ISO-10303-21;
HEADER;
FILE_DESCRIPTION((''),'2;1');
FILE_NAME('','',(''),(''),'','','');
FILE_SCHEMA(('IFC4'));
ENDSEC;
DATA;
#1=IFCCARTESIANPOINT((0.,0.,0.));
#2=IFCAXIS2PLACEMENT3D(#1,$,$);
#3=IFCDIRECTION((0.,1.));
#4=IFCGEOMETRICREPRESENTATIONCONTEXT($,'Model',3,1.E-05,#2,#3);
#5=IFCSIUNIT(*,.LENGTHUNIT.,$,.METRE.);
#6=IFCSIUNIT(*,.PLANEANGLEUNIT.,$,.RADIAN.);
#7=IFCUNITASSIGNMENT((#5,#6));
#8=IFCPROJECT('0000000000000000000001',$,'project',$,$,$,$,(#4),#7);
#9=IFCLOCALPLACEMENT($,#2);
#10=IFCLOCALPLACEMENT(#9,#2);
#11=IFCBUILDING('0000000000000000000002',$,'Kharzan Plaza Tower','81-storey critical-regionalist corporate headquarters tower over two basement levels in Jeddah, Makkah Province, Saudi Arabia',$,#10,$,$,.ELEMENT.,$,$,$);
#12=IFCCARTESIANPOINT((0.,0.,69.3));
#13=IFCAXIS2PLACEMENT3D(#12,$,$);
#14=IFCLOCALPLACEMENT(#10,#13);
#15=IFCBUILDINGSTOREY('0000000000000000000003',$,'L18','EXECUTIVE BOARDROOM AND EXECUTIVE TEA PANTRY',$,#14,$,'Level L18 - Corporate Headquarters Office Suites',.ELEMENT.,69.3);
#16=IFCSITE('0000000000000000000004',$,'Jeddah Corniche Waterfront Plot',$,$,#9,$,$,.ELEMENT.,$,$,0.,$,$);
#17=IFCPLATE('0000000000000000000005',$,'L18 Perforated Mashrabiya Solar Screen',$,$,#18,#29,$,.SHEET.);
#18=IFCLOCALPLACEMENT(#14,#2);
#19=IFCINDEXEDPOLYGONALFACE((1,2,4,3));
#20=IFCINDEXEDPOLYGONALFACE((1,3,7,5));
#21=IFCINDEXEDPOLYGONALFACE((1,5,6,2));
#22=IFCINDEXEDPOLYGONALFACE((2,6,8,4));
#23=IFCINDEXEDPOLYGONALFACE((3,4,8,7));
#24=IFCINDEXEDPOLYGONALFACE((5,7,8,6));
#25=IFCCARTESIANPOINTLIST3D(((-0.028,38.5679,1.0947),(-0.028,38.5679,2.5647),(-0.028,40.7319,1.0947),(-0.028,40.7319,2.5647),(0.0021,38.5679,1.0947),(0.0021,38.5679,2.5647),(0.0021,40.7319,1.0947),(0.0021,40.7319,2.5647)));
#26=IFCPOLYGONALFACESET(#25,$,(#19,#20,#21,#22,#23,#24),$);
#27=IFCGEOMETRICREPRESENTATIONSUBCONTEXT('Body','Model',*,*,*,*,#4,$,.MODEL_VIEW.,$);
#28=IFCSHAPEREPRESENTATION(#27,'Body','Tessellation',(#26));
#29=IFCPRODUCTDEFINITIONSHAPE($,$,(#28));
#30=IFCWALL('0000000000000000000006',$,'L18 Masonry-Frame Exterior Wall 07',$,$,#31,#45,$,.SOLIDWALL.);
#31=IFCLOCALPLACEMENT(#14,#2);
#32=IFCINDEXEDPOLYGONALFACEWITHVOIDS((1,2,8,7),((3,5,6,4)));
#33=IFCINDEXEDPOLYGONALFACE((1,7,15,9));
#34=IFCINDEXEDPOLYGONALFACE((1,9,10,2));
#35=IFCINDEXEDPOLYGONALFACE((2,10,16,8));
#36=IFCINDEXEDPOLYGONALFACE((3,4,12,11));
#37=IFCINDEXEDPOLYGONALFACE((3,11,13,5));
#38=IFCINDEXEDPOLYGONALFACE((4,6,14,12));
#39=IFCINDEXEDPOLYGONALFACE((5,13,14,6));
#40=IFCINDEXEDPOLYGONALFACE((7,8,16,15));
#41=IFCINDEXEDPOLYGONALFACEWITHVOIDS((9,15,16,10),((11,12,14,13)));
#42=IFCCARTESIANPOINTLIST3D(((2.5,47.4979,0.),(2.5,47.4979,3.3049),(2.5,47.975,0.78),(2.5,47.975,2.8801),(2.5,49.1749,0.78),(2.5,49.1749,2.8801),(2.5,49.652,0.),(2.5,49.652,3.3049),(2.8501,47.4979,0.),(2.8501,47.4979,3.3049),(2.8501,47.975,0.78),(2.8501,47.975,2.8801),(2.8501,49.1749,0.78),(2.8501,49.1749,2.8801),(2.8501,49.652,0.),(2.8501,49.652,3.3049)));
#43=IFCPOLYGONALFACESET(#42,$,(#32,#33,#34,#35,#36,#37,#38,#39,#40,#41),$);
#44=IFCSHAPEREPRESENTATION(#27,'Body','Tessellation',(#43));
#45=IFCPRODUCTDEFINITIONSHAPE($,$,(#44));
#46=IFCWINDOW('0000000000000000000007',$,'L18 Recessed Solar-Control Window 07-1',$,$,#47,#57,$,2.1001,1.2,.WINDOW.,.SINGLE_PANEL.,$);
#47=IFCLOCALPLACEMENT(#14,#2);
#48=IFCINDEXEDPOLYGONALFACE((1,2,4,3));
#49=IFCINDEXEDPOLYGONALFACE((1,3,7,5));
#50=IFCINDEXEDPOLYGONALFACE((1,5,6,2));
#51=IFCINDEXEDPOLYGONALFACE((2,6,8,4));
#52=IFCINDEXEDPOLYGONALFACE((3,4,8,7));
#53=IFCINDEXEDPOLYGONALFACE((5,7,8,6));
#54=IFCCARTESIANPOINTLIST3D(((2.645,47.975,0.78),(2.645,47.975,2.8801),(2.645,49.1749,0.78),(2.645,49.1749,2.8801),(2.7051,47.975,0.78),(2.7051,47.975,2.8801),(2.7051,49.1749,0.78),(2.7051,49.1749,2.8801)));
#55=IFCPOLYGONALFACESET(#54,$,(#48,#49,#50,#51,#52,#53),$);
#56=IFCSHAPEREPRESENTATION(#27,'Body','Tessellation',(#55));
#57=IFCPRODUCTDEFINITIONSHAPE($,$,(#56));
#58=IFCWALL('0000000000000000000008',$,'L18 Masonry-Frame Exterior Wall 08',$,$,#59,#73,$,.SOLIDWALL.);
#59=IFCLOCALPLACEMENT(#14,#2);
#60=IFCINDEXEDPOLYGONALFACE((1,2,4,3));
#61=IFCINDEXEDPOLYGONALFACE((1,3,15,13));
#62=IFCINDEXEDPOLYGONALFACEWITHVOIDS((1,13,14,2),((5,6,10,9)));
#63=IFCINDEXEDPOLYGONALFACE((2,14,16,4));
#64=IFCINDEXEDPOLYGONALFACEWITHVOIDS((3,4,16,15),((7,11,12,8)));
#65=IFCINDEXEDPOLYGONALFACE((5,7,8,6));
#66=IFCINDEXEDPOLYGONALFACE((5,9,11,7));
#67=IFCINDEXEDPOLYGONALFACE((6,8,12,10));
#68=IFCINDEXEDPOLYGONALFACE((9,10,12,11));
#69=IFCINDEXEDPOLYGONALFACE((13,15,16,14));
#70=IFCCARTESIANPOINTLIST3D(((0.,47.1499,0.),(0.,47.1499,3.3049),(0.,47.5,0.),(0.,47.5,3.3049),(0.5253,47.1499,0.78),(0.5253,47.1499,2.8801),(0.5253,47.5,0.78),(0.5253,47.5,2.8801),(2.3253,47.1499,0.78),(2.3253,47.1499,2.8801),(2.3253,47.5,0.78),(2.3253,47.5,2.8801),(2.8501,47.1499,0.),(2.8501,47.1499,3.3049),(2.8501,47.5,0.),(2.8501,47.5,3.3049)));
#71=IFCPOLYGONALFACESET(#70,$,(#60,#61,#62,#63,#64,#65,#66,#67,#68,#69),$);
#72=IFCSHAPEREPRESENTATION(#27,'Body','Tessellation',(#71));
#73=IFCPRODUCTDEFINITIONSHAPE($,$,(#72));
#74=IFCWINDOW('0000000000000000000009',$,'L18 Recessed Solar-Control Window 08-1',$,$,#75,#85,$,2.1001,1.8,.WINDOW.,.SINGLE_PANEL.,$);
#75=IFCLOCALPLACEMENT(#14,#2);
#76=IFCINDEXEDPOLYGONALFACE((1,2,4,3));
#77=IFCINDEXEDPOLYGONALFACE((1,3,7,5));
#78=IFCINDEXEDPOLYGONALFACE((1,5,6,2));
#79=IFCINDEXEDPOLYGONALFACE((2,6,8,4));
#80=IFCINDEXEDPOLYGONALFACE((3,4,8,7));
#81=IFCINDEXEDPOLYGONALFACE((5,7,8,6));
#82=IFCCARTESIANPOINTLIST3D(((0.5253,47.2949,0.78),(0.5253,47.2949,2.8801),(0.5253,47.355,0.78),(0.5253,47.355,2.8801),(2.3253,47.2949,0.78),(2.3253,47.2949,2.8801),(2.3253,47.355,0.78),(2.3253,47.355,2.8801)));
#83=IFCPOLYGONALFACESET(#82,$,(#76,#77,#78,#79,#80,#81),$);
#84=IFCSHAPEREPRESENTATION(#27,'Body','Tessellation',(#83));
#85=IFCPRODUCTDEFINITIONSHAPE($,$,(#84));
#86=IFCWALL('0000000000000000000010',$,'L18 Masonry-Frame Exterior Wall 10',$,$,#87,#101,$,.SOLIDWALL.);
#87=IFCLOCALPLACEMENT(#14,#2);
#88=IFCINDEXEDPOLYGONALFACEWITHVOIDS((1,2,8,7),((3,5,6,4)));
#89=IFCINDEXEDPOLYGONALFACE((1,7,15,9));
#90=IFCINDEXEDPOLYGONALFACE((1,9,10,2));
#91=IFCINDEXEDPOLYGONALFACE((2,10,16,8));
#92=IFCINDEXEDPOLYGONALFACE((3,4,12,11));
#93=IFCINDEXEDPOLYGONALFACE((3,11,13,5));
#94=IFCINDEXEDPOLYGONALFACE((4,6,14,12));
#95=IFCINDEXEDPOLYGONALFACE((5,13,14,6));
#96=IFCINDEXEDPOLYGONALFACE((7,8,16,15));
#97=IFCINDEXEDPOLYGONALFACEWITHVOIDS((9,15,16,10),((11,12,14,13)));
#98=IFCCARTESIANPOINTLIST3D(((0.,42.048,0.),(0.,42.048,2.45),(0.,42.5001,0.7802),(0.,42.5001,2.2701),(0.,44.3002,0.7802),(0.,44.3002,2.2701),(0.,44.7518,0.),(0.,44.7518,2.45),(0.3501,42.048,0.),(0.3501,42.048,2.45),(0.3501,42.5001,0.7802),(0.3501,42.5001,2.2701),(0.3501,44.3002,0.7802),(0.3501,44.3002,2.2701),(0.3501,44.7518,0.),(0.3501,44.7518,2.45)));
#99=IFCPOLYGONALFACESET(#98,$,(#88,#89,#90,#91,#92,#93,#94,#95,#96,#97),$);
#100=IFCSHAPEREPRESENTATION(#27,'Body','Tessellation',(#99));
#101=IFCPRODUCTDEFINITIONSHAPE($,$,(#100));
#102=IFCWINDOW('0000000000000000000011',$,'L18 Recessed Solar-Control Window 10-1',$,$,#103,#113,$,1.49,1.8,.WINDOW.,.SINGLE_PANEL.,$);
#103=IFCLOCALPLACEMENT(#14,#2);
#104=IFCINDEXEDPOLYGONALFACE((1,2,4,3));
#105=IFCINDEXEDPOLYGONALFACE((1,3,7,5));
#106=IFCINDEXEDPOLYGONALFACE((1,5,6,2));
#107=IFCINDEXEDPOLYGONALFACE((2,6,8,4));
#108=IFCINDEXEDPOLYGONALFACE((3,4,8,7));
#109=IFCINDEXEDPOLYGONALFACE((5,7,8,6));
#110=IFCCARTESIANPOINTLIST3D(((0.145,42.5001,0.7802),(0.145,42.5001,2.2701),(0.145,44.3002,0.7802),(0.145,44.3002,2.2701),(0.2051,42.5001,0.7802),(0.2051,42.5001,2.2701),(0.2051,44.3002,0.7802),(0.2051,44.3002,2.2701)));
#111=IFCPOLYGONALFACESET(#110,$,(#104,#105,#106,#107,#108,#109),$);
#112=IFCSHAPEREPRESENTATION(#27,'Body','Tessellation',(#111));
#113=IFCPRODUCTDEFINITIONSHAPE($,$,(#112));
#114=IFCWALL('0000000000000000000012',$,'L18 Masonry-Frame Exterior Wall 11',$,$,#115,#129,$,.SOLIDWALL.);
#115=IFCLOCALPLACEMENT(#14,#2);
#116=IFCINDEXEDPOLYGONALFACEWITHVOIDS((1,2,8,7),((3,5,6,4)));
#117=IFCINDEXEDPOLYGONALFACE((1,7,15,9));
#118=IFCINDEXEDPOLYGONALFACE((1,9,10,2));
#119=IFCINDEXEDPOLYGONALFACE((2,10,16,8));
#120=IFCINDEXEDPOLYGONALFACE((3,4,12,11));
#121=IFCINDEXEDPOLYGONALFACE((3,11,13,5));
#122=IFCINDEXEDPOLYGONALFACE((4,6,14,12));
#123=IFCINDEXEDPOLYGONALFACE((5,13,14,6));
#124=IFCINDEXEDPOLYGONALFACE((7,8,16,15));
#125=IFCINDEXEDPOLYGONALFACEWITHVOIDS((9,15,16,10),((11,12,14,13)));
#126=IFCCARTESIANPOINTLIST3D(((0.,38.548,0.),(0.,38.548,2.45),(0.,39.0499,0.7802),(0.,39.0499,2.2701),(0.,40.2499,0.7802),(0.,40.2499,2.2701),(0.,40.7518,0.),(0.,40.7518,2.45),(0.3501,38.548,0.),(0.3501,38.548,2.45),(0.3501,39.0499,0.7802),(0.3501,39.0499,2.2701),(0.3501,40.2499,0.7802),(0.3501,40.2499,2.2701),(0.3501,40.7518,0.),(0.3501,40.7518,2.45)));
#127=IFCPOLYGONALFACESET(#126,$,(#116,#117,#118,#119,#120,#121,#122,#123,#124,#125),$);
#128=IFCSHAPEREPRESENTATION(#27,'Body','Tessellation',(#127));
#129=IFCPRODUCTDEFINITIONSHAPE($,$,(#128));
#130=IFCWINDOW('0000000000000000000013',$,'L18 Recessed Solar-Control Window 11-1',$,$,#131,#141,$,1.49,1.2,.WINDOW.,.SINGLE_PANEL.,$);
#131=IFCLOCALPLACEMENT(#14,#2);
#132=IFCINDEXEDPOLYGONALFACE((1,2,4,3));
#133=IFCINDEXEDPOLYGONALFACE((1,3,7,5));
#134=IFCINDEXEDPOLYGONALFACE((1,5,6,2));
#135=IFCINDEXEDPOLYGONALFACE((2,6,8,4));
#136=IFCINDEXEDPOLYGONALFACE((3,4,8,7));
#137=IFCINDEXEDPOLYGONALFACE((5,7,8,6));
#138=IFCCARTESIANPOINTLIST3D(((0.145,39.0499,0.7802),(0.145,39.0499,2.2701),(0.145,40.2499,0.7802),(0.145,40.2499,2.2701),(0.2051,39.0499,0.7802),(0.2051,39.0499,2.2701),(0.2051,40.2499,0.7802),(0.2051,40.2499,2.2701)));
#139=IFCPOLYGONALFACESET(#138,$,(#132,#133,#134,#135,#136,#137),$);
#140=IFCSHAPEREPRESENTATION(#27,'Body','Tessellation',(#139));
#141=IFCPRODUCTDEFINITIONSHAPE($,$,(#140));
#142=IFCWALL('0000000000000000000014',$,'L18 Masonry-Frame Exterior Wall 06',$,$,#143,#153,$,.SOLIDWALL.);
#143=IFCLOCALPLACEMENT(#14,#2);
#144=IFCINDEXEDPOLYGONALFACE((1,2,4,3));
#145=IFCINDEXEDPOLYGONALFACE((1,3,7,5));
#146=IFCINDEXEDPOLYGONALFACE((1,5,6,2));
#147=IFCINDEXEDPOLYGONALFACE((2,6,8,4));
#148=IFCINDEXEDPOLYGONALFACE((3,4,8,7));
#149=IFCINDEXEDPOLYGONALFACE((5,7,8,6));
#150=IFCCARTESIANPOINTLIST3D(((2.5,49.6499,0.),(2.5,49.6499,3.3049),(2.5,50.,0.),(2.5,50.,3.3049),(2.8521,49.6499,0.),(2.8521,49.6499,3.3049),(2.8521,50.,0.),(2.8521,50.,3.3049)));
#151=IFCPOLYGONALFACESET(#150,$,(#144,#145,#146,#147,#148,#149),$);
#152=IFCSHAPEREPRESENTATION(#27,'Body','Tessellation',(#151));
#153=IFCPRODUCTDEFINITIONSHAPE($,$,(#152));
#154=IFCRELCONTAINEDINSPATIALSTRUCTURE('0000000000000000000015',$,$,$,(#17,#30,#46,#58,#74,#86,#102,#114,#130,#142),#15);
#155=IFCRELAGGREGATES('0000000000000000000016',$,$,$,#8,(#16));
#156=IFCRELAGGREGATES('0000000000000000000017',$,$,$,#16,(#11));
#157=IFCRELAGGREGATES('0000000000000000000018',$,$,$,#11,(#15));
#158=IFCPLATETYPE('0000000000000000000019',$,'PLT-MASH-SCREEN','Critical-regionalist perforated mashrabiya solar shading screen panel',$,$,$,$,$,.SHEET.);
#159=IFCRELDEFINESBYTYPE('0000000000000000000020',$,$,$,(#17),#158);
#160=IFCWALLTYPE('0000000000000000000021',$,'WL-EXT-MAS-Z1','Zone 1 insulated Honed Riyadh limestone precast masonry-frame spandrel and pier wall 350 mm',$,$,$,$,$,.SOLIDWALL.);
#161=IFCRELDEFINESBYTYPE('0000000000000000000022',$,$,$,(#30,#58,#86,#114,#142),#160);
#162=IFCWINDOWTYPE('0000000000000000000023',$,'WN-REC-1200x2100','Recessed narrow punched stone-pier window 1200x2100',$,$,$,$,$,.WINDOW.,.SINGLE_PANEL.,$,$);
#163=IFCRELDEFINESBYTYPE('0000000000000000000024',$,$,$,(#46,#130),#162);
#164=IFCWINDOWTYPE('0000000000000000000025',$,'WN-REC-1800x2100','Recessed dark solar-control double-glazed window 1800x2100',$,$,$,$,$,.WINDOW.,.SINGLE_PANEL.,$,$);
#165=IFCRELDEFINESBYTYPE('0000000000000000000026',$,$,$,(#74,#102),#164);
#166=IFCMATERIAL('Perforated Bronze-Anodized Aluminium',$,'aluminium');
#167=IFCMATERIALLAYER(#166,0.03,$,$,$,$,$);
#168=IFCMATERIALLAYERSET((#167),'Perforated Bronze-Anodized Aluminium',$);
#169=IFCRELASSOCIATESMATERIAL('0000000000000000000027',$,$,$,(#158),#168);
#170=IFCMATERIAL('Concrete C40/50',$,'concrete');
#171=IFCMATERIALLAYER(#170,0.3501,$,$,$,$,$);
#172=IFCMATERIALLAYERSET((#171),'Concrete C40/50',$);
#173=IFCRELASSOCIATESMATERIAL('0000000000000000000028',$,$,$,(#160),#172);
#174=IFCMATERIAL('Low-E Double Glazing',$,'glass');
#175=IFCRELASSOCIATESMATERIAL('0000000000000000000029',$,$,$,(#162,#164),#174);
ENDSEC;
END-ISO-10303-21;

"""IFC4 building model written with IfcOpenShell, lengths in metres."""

from ifc_helpers import new_model, si_unit, direction, frame, frame_2d, origin, origin_2d, place, context, subcontext, project, spatial, rectangle, extrude, source, transform, mapped, material, layer, layer_set, type_object, element, fill, save


model = new_model("IFC4")

# Units and contexts
model_context = context("Model", 3, precision=1e-05, world=origin(), true_north=direction((0.0, 1.0)))
body_context = subcontext(model_context, "Body", "Model", "MODEL_VIEW")
ifc_project = project(units=[si_unit("LENGTHUNIT", "METRE"), si_unit("PLANEANGLEUNIT", "RADIAN")], contexts=[model_context])

# Site, building, storey
site_placement = place(None, origin())
site = spatial("IfcSite", under=ifc_project, at=site_placement, Name="Jeddah Corniche Waterfront Plot", CompositionType="ELEMENT", RefElevation=0.0)
building_placement = place(site_placement, origin())
building = spatial("IfcBuilding", under=site, at=building_placement, Name="Kharzan Plaza Tower", Description="81-storey critical-regionalist corporate headquarters tower over two basement levels in Jeddah, Makkah Province, Saudi Arabia", CompositionType="ELEMENT")
storey_placement = place(building_placement, frame((0.0, 0.0, 69.3)))
storey = spatial("IfcBuildingStorey", under=building, at=storey_placement, Name="L18", Description="EXECUTIVE BOARDROOM AND EXECUTIVE TEA PANTRY", LongName="Level L18 - Corporate Headquarters Office Suites", CompositionType="ELEMENT", Elevation=69.3)

# Plate
ifc_material_1 = material(Name="Perforated Bronze-Anodized Aluminium", Category="aluminium")
ifc_layer_1 = layer(ifc_material_1, 0.03)
ifc_layer_set_1 = layer_set([ifc_layer_1], Name="Perforated Bronze-Anodized Aluminium")
plate_type = type_object("IfcPlateType", Name="PLT-MASH-SCREEN", Description="Critical-regionalist perforated mashrabiya solar shading screen panel", PredefinedType="SHEET", material=ifc_layer_set_1)
shared_shape_1 = source(origin(), body_context, "Body", "SweptSolid", [
    extrude(rectangle(XDim=2.1641, YDim=0.03, at=origin_2d()), origin(), (0.0, 0.0, 1.0), 1.47),
])
plate_1_placement = place(storey_placement, frame((-0.0129, 39.6499, 1.0947), z_axis=(0.0, 0.0, 1.0), x_axis=(0.0, -1.0, 0.0)))
element("IfcPlate", 1, at=plate_1_placement, inside=storey, type_object=plate_type, Name="L18 Perforated Mashrabiya Solar Screen", PredefinedType="SHEET", context=body_context, shape_type="MappedRepresentation", body=[
    mapped(shared_shape_1, transform((0.0, 0.0, 0.0), x_axis=(1.0, 0.0, 0.0), y_axis=(0.0, 1.0, 0.0), z_axis=(0.0, 0.0, 1.0))),
])

# Walls, openings, windows
ifc_material_2 = material(Name="Concrete C40/50", Category="concrete")
ifc_layer_2 = layer(ifc_material_2, 0.3501)
ifc_layer_set_2 = layer_set([ifc_layer_2], Name="Concrete C40/50")
wall_type = type_object("IfcWallType", Name="WL-EXT-MAS-Z1", Description="Zone 1 insulated Honed Riyadh limestone precast masonry-frame spandrel and pier wall 350 mm", PredefinedType="SOLIDWALL", material=ifc_layer_set_2)
wall_1_placement = place(storey_placement, frame((2.675, 49.6521, 0.0), z_axis=(0.0, 0.0, 1.0), x_axis=(0.0, -1.0, 0.0)))
wall_1 = element("IfcWall", 2, at=wall_1_placement, inside=storey, type_object=wall_type, Name="L18 Masonry-Frame Exterior Wall 07", PredefinedType="SOLIDWALL", context=body_context, shape_type="SweptSolid", body=[
    extrude(rectangle(XDim=2.1541, YDim=0.3501, at=frame_2d((1.0771, 0.0))), origin(), (0.0, 0.0, 1.0), 3.3049),
])
opening_1_placement = place(wall_1_placement, frame((0.4771, 0.0, 0.78)))
opening_1 = element("IfcOpeningElement", 3, at=opening_1_placement, cuts=wall_1, PredefinedType="OPENING", context=body_context, shape_type="SweptSolid", body=[
    extrude(rectangle(XDim=1.2, YDim=2.1001, at=frame_2d((0.6001, 1.05))), frame((0.0, 0.1851, 0.0), z_axis=(0.0, -1.0, 0.0), x_axis=(1.0, 0.0, 0.0)), (0.0, 0.0, 1.0), 0.3701),
])
ifc_material_3 = material(Name="Low-E Double Glazing", Category="glass")
window_type_1 = type_object("IfcWindowType", Name="WN-REC-1200x2100", Description="Recessed narrow punched stone-pier window 1200x2100", PartitioningType="SINGLE_PANEL", PredefinedType="WINDOW", material=ifc_material_3)
shared_shape_2 = source(origin(), body_context, "Body", "SweptSolid", [
    extrude(rectangle(XDim=1.2, YDim=2.1001, at=frame_2d((0.6001, 1.05))), frame((0.0, 0.03, 0.0), z_axis=(0.0, -1.0, 0.0), x_axis=(1.0, 0.0, 0.0)), (0.0, 0.0, 1.0), 0.0601),
])
window_1_placement = place(opening_1_placement, origin())
window_1 = element("IfcWindow", 4, at=window_1_placement, inside=storey, type_object=window_type_1, Name="L18 Recessed Solar-Control Window 07-1", OverallHeight=2.1001, OverallWidth=1.2, PartitioningType="SINGLE_PANEL", PredefinedType="WINDOW", context=body_context, shape_type="MappedRepresentation", body=[
    mapped(shared_shape_2, transform((0.0, 0.0, 0.0), x_axis=(1.0, 0.0, 0.0), y_axis=(0.0, 1.0, 0.0), z_axis=(0.0, 0.0, 1.0))),
])
fill(opening_1, window_1)
wall_2_placement = place(storey_placement, frame((2.8501, 47.325, 0.0), z_axis=(0.0, 0.0, 1.0), x_axis=(-1.0, 0.0, 0.0)))
wall_2 = element("IfcWall", 5, at=wall_2_placement, inside=storey, type_object=wall_type, Name="L18 Masonry-Frame Exterior Wall 08", PredefinedType="SOLIDWALL", context=body_context, shape_type="SweptSolid", body=[
    extrude(rectangle(XDim=2.8501, YDim=0.3501, at=frame_2d((1.425, 0.0))), origin(), (0.0, 0.0, 1.0), 3.3049),
])
opening_2_placement = place(wall_2_placement, frame((0.5249, 0.0, 0.78)))
opening_2 = element("IfcOpeningElement", 6, at=opening_2_placement, cuts=wall_2, PredefinedType="OPENING", context=body_context, shape_type="SweptSolid", body=[
    extrude(rectangle(XDim=1.8, YDim=2.1001, at=frame_2d((0.8999, 1.05))), frame((0.0, 0.1851, 0.0), z_axis=(0.0, -1.0, 0.0), x_axis=(1.0, 0.0, 0.0)), (0.0, 0.0, 1.0), 0.3701),
])
window_type_2 = type_object("IfcWindowType", Name="WN-REC-1800x2100", Description="Recessed dark solar-control double-glazed window 1800x2100", PartitioningType="SINGLE_PANEL", PredefinedType="WINDOW", material=ifc_material_3)
shared_shape_3 = source(origin(), body_context, "Body", "SweptSolid", [
    extrude(rectangle(XDim=1.8, YDim=2.1001, at=frame_2d((0.8999, 1.05))), frame((0.0, 0.03, 0.0), z_axis=(0.0, -1.0, 0.0), x_axis=(1.0, 0.0, 0.0)), (0.0, 0.0, 1.0), 0.0601),
])
window_2_placement = place(opening_2_placement, origin())
window_2 = element("IfcWindow", 7, at=window_2_placement, inside=storey, type_object=window_type_2, Name="L18 Recessed Solar-Control Window 08-1", OverallHeight=2.1001, OverallWidth=1.8, PartitioningType="SINGLE_PANEL", PredefinedType="WINDOW", context=body_context, shape_type="MappedRepresentation", body=[
    mapped(shared_shape_3, transform((0.0, 0.0, 0.0), x_axis=(1.0, 0.0, 0.0), y_axis=(0.0, 1.0, 0.0), z_axis=(0.0, 0.0, 1.0))),
])
fill(opening_2, window_2)
wall_3_placement = place(storey_placement, frame((0.175, 44.752, 0.0), z_axis=(0.0, 0.0, 1.0), x_axis=(0.0, -1.0, 0.0)))
wall_3 = element("IfcWall", 8, at=wall_3_placement, inside=storey, type_object=wall_type, Name="L18 Masonry-Frame Exterior Wall 10", PredefinedType="SOLIDWALL", context=body_context, shape_type="SweptSolid", body=[
    extrude(rectangle(XDim=2.7039, YDim=0.3501, at=frame_2d((1.3521, 0.0))), origin(), (0.0, 0.0, 1.0), 2.45),
])
opening_3_placement = place(wall_3_placement, frame((0.4519, 0.0, 0.78)))
opening_3 = element("IfcOpeningElement", 9, at=opening_3_placement, cuts=wall_3, PredefinedType="OPENING", context=body_context, shape_type="SweptSolid", body=[
    extrude(rectangle(XDim=1.8, YDim=1.49, at=frame_2d((0.8999, 0.7451))), frame((0.0, 0.1851, 0.0), z_axis=(0.0, -1.0, 0.0), x_axis=(1.0, 0.0, 0.0)), (0.0, 0.0, 1.0), 0.3701),
])
shared_shape_4 = source(origin(), body_context, "Body", "SweptSolid", [
    extrude(rectangle(XDim=1.8, YDim=1.49, at=frame_2d((0.8999, 0.7451))), frame((0.0, 0.03, 0.0), z_axis=(0.0, -1.0, 0.0), x_axis=(1.0, 0.0, 0.0)), (0.0, 0.0, 1.0), 0.0601),
])
window_3_placement = place(opening_3_placement, origin())
window_3 = element("IfcWindow", 10, at=window_3_placement, inside=storey, type_object=window_type_2, Name="L18 Recessed Solar-Control Window 10-1", OverallHeight=1.49, OverallWidth=1.8, PartitioningType="SINGLE_PANEL", PredefinedType="WINDOW", context=body_context, shape_type="MappedRepresentation", body=[
    mapped(shared_shape_4, transform((0.0, 0.0, 0.0), x_axis=(1.0, 0.0, 0.0), y_axis=(0.0, 1.0, 0.0), z_axis=(0.0, 0.0, 1.0))),
])
fill(opening_3, window_3)
wall_4_placement = place(storey_placement, frame((0.175, 40.752, 0.0), z_axis=(0.0, 0.0, 1.0), x_axis=(0.0, -1.0, 0.0)))
wall_4 = element("IfcWall", 11, at=wall_4_placement, inside=storey, type_object=wall_type, Name="L18 Masonry-Frame Exterior Wall 11", PredefinedType="SOLIDWALL", context=body_context, shape_type="SweptSolid", body=[
    extrude(rectangle(XDim=2.2039, YDim=0.3501, at=frame_2d((1.1021, 0.0))), origin(), (0.0, 0.0, 1.0), 2.45),
])
opening_4_placement = place(wall_4_placement, frame((0.502, 0.0, 0.78)))
opening_4 = element("IfcOpeningElement", 12, at=opening_4_placement, cuts=wall_4, PredefinedType="OPENING", context=body_context, shape_type="SweptSolid", body=[
    extrude(rectangle(XDim=1.2, YDim=1.49, at=frame_2d((0.6001, 0.7451))), frame((0.0, 0.1851, 0.0), z_axis=(0.0, -1.0, 0.0), x_axis=(1.0, 0.0, 0.0)), (0.0, 0.0, 1.0), 0.3701),
])
shared_shape_5 = source(origin(), body_context, "Body", "SweptSolid", [
    extrude(rectangle(XDim=1.2, YDim=1.49, at=frame_2d((0.6001, 0.7451))), frame((0.0, 0.03, 0.0), z_axis=(0.0, -1.0, 0.0), x_axis=(1.0, 0.0, 0.0)), (0.0, 0.0, 1.0), 0.0601),
])
window_4_placement = place(opening_4_placement, origin())
window_4 = element("IfcWindow", 13, at=window_4_placement, inside=storey, type_object=window_type_1, Name="L18 Recessed Solar-Control Window 11-1", OverallHeight=1.49, OverallWidth=1.2, PartitioningType="SINGLE_PANEL", PredefinedType="WINDOW", context=body_context, shape_type="MappedRepresentation", body=[
    mapped(shared_shape_5, transform((0.0, 0.0, 0.0), x_axis=(1.0, 0.0, 0.0), y_axis=(0.0, 1.0, 0.0), z_axis=(0.0, 0.0, 1.0))),
])
fill(opening_4, window_4)

# Wall
shared_shape_6 = source(origin(), body_context, "Body", "SweptSolid", [
    extrude(rectangle(XDim=0.3521, YDim=0.3501, at=frame_2d((0.176, 0.0))), origin(), (0.0, 0.0, 1.0), 3.3049),
])
wall_5_placement = place(storey_placement, frame((2.8521, 49.825, 0.0), z_axis=(0.0, 0.0, 1.0), x_axis=(-1.0, 0.0, 0.0)))
element("IfcWall", 14, at=wall_5_placement, inside=storey, type_object=wall_type, Name="L18 Masonry-Frame Exterior Wall 06", PredefinedType="SOLIDWALL", context=body_context, shape_type="MappedRepresentation", body=[
    mapped(shared_shape_6, transform((0.0, 0.0, 0.0), x_axis=(1.0, 0.0, 0.0), y_axis=(0.0, 1.0, 0.0), z_axis=(0.0, 0.0, 1.0))),
])

save(model, "model.ifc")
